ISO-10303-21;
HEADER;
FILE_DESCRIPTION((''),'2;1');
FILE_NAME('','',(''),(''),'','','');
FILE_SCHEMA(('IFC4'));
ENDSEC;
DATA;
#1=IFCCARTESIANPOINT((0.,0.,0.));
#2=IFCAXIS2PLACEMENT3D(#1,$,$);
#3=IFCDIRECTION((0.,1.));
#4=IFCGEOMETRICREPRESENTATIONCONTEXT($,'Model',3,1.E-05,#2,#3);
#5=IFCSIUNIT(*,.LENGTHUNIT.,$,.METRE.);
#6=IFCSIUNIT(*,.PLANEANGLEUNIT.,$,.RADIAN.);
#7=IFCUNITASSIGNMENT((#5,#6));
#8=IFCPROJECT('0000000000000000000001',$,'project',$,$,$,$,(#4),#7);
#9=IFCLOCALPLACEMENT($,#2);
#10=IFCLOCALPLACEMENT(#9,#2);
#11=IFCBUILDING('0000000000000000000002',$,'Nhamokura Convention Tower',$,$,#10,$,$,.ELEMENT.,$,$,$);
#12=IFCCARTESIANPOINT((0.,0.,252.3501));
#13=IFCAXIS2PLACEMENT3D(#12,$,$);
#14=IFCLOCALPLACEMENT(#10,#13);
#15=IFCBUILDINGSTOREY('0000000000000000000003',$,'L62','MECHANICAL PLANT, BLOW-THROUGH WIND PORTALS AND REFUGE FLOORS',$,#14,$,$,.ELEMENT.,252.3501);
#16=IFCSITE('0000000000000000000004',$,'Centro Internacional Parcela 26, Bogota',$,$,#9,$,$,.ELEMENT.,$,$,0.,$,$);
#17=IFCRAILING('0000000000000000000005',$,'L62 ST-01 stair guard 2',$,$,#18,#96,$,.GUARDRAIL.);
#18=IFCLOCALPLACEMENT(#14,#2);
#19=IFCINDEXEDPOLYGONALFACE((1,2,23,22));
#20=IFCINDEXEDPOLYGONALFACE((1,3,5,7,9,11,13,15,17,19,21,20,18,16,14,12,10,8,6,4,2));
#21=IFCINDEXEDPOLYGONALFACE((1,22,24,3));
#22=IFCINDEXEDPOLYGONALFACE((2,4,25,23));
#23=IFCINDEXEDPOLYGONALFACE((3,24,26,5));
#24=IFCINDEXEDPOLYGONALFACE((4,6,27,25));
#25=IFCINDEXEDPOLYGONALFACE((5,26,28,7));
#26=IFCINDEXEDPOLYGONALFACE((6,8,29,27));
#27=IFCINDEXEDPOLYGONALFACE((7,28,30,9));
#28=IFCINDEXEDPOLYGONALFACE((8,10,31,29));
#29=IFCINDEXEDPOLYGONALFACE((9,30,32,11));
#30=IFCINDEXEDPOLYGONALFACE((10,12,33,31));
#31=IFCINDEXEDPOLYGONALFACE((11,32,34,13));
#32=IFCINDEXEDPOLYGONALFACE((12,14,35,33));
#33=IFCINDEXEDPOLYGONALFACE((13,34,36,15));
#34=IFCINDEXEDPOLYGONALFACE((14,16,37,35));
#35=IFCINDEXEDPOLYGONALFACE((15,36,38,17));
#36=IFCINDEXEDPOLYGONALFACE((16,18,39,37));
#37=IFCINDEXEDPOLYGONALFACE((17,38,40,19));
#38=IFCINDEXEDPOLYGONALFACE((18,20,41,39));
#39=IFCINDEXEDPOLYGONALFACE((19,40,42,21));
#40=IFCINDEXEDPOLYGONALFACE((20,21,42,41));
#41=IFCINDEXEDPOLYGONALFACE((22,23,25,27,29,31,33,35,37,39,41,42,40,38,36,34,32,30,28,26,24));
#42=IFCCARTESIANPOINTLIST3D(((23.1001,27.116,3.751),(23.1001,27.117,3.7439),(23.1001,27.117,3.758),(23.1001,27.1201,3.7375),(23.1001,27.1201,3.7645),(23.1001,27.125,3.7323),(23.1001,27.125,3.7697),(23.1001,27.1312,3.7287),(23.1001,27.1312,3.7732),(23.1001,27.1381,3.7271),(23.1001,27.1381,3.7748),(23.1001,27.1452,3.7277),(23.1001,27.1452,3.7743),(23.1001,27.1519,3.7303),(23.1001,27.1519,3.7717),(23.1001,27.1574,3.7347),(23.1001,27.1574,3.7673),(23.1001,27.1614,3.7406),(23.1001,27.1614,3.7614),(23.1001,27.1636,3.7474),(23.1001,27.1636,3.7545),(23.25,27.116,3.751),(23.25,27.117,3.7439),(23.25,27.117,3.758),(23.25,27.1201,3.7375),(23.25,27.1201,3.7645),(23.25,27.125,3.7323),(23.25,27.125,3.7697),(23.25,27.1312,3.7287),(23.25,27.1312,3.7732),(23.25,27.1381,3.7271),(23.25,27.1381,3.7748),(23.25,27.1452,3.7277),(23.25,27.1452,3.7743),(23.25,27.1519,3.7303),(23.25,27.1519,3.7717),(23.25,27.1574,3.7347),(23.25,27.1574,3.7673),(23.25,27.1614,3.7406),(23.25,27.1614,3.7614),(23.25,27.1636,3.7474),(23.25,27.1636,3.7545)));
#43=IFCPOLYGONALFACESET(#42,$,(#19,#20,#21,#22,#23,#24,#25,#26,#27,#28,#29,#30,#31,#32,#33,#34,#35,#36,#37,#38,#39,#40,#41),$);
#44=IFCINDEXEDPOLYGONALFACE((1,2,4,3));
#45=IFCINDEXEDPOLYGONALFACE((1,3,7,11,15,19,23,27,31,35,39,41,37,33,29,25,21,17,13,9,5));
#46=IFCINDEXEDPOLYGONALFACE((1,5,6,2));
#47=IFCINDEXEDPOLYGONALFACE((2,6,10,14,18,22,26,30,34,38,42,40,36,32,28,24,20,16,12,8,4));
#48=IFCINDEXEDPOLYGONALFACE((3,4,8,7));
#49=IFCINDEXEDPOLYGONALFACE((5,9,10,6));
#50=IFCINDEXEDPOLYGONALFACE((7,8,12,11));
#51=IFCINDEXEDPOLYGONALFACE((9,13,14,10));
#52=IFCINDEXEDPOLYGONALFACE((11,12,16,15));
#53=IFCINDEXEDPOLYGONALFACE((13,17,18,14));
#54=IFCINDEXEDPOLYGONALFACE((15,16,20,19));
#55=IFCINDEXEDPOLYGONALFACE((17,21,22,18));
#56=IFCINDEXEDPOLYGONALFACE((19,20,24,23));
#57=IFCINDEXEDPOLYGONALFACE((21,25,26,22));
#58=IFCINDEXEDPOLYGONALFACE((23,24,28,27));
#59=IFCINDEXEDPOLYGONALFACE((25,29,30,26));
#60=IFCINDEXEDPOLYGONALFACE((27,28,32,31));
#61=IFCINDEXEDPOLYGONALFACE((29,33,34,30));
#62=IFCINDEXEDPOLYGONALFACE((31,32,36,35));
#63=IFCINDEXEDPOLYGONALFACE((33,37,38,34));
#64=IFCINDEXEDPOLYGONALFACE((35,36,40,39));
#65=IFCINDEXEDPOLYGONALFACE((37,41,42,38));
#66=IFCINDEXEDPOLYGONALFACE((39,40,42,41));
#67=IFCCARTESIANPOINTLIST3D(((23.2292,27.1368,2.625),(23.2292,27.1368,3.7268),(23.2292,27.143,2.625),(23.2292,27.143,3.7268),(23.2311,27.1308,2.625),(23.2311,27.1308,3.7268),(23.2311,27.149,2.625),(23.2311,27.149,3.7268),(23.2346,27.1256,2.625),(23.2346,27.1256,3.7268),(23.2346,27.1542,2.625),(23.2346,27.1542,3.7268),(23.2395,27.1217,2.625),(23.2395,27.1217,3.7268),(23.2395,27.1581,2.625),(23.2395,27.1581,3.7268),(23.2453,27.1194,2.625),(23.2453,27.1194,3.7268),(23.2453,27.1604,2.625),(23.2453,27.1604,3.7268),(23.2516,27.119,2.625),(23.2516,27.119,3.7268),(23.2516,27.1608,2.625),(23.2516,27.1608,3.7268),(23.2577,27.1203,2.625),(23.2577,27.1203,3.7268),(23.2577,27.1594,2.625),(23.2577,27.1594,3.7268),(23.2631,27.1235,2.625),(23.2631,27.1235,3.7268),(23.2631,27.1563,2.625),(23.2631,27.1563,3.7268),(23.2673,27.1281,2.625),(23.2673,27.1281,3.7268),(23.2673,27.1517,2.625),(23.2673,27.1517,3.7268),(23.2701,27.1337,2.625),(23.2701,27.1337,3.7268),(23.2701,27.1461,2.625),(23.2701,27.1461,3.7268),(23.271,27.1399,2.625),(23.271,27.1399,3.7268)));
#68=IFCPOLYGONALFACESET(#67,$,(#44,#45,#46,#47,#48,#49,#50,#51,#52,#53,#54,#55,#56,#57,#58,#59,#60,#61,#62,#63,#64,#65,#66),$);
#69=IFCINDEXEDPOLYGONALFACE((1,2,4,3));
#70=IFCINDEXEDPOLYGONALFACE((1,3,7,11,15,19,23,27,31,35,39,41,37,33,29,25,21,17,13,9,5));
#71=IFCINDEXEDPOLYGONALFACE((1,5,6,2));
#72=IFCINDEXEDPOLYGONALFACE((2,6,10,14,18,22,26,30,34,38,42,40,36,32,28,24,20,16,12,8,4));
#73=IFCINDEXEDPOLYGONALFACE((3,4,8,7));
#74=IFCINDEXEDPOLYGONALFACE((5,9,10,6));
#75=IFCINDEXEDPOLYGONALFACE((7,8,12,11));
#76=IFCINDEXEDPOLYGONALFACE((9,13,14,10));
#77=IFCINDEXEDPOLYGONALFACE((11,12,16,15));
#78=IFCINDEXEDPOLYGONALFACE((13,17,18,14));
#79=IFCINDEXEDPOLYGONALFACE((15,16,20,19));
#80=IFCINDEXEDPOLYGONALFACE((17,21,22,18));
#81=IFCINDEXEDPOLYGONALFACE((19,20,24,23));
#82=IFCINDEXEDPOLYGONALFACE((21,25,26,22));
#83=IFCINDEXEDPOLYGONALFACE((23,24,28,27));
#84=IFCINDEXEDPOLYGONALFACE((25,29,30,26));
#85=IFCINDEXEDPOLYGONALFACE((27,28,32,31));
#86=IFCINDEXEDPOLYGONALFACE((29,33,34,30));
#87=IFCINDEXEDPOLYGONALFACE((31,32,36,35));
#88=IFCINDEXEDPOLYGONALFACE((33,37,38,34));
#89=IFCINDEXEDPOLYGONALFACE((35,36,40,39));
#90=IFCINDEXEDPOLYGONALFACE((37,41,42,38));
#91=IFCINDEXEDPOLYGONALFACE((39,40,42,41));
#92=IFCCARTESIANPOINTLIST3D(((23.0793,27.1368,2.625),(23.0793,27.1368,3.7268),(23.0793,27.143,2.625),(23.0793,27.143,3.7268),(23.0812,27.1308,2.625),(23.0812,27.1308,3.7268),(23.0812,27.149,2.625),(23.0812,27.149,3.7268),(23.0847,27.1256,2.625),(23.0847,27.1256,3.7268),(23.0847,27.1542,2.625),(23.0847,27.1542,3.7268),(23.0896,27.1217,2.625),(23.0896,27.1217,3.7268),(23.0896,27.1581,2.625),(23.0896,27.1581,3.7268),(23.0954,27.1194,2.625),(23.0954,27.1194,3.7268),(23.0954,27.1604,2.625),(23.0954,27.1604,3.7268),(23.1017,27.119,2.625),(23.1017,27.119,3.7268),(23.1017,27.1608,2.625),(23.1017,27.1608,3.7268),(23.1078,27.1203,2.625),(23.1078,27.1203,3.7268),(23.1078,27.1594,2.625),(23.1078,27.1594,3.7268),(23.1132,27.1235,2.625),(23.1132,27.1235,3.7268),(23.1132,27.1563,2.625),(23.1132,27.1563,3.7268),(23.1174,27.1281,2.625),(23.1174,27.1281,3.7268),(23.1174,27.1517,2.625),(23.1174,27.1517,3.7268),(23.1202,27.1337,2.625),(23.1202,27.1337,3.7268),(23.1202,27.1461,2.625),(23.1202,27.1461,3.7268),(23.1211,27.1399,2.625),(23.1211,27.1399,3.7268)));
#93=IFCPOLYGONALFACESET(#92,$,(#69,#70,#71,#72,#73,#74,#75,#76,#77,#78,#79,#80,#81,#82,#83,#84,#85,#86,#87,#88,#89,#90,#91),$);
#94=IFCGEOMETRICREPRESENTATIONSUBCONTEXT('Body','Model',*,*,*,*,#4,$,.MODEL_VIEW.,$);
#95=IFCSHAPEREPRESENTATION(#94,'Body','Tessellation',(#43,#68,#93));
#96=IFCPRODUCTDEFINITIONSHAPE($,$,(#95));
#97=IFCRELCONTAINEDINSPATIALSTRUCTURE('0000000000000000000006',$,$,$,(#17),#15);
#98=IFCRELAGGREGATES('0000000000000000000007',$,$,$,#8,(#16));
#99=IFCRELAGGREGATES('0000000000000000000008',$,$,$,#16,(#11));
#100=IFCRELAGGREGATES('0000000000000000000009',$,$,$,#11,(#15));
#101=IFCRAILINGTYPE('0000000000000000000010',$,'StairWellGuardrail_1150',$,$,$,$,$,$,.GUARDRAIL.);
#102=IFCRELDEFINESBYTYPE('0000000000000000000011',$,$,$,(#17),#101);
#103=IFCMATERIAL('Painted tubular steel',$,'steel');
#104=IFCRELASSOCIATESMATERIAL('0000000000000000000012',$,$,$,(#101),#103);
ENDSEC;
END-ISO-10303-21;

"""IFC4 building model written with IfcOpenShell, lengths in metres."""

from ifc_helpers import new_model, si_unit, direction, frame, origin, origin_2d, place, context, subcontext, project, spatial, circle, extrude, material, type_object, element, save


model = new_model("IFC4")

# Units and contexts
model_context = context("Model", 3, precision=1e-05, world=origin(), true_north=direction((0.0, 1.0)))
body_context = subcontext(model_context, "Body", "Model", "MODEL_VIEW")
ifc_project = project(units=[si_unit("LENGTHUNIT", "METRE"), si_unit("PLANEANGLEUNIT", "RADIAN")], contexts=[model_context])

# Site, building, storey
site_placement = place(None, origin())
site = spatial("IfcSite", under=ifc_project, at=site_placement, Name="Centro Internacional Parcela 26, Bogota", CompositionType="ELEMENT", RefElevation=0.0)
building_placement = place(site_placement, origin())
building = spatial("IfcBuilding", under=site, at=building_placement, Name="Nhamokura Convention Tower", CompositionType="ELEMENT")
storey_placement = place(building_placement, frame((0.0, 0.0, 252.3501)))
storey = spatial("IfcBuildingStorey", under=building, at=storey_placement, Name="L62", Description="MECHANICAL PLANT, BLOW-THROUGH WIND PORTALS AND REFUGE FLOORS", CompositionType="ELEMENT", Elevation=252.3501)

# Railing
ifc_material_1 = material(Name="Painted tubular steel", Category="steel")
railing_type_1 = type_object("IfcRailingType", Name="StairWellGuardrail_1150", PredefinedType="GUARDRAIL", material=ifc_material_1)
railing_1_placement = place(storey_placement, frame((23.25, 27.1399, 2.625)))
element("IfcRailing", 1, at=railing_1_placement, inside=storey, type_object=railing_type_1, Name="L62 ST-01 stair guard 2", PredefinedType="GUARDRAIL", context=body_context, shape_type="SweptSolid", body=[
    extrude(circle(Radius=0.0239, at=origin_2d()), frame((0.0, 0.0, 1.126), z_axis=(-1.0, 0.0, 0.0), x_axis=(0.0, -1.0, 0.0)), (0.0, 0.0, 1.0), 0.1499),
    extrude(circle(Radius=0.021, at=origin_2d()), origin(), (0.0, 0.0, 1.0), 1.1018),
    extrude(circle(Radius=0.021, at=origin_2d()), frame((-0.1499, 0.0, 0.0)), (0.0, 0.0, 1.0), 1.1018),
])

save(model, "model.ifc")
